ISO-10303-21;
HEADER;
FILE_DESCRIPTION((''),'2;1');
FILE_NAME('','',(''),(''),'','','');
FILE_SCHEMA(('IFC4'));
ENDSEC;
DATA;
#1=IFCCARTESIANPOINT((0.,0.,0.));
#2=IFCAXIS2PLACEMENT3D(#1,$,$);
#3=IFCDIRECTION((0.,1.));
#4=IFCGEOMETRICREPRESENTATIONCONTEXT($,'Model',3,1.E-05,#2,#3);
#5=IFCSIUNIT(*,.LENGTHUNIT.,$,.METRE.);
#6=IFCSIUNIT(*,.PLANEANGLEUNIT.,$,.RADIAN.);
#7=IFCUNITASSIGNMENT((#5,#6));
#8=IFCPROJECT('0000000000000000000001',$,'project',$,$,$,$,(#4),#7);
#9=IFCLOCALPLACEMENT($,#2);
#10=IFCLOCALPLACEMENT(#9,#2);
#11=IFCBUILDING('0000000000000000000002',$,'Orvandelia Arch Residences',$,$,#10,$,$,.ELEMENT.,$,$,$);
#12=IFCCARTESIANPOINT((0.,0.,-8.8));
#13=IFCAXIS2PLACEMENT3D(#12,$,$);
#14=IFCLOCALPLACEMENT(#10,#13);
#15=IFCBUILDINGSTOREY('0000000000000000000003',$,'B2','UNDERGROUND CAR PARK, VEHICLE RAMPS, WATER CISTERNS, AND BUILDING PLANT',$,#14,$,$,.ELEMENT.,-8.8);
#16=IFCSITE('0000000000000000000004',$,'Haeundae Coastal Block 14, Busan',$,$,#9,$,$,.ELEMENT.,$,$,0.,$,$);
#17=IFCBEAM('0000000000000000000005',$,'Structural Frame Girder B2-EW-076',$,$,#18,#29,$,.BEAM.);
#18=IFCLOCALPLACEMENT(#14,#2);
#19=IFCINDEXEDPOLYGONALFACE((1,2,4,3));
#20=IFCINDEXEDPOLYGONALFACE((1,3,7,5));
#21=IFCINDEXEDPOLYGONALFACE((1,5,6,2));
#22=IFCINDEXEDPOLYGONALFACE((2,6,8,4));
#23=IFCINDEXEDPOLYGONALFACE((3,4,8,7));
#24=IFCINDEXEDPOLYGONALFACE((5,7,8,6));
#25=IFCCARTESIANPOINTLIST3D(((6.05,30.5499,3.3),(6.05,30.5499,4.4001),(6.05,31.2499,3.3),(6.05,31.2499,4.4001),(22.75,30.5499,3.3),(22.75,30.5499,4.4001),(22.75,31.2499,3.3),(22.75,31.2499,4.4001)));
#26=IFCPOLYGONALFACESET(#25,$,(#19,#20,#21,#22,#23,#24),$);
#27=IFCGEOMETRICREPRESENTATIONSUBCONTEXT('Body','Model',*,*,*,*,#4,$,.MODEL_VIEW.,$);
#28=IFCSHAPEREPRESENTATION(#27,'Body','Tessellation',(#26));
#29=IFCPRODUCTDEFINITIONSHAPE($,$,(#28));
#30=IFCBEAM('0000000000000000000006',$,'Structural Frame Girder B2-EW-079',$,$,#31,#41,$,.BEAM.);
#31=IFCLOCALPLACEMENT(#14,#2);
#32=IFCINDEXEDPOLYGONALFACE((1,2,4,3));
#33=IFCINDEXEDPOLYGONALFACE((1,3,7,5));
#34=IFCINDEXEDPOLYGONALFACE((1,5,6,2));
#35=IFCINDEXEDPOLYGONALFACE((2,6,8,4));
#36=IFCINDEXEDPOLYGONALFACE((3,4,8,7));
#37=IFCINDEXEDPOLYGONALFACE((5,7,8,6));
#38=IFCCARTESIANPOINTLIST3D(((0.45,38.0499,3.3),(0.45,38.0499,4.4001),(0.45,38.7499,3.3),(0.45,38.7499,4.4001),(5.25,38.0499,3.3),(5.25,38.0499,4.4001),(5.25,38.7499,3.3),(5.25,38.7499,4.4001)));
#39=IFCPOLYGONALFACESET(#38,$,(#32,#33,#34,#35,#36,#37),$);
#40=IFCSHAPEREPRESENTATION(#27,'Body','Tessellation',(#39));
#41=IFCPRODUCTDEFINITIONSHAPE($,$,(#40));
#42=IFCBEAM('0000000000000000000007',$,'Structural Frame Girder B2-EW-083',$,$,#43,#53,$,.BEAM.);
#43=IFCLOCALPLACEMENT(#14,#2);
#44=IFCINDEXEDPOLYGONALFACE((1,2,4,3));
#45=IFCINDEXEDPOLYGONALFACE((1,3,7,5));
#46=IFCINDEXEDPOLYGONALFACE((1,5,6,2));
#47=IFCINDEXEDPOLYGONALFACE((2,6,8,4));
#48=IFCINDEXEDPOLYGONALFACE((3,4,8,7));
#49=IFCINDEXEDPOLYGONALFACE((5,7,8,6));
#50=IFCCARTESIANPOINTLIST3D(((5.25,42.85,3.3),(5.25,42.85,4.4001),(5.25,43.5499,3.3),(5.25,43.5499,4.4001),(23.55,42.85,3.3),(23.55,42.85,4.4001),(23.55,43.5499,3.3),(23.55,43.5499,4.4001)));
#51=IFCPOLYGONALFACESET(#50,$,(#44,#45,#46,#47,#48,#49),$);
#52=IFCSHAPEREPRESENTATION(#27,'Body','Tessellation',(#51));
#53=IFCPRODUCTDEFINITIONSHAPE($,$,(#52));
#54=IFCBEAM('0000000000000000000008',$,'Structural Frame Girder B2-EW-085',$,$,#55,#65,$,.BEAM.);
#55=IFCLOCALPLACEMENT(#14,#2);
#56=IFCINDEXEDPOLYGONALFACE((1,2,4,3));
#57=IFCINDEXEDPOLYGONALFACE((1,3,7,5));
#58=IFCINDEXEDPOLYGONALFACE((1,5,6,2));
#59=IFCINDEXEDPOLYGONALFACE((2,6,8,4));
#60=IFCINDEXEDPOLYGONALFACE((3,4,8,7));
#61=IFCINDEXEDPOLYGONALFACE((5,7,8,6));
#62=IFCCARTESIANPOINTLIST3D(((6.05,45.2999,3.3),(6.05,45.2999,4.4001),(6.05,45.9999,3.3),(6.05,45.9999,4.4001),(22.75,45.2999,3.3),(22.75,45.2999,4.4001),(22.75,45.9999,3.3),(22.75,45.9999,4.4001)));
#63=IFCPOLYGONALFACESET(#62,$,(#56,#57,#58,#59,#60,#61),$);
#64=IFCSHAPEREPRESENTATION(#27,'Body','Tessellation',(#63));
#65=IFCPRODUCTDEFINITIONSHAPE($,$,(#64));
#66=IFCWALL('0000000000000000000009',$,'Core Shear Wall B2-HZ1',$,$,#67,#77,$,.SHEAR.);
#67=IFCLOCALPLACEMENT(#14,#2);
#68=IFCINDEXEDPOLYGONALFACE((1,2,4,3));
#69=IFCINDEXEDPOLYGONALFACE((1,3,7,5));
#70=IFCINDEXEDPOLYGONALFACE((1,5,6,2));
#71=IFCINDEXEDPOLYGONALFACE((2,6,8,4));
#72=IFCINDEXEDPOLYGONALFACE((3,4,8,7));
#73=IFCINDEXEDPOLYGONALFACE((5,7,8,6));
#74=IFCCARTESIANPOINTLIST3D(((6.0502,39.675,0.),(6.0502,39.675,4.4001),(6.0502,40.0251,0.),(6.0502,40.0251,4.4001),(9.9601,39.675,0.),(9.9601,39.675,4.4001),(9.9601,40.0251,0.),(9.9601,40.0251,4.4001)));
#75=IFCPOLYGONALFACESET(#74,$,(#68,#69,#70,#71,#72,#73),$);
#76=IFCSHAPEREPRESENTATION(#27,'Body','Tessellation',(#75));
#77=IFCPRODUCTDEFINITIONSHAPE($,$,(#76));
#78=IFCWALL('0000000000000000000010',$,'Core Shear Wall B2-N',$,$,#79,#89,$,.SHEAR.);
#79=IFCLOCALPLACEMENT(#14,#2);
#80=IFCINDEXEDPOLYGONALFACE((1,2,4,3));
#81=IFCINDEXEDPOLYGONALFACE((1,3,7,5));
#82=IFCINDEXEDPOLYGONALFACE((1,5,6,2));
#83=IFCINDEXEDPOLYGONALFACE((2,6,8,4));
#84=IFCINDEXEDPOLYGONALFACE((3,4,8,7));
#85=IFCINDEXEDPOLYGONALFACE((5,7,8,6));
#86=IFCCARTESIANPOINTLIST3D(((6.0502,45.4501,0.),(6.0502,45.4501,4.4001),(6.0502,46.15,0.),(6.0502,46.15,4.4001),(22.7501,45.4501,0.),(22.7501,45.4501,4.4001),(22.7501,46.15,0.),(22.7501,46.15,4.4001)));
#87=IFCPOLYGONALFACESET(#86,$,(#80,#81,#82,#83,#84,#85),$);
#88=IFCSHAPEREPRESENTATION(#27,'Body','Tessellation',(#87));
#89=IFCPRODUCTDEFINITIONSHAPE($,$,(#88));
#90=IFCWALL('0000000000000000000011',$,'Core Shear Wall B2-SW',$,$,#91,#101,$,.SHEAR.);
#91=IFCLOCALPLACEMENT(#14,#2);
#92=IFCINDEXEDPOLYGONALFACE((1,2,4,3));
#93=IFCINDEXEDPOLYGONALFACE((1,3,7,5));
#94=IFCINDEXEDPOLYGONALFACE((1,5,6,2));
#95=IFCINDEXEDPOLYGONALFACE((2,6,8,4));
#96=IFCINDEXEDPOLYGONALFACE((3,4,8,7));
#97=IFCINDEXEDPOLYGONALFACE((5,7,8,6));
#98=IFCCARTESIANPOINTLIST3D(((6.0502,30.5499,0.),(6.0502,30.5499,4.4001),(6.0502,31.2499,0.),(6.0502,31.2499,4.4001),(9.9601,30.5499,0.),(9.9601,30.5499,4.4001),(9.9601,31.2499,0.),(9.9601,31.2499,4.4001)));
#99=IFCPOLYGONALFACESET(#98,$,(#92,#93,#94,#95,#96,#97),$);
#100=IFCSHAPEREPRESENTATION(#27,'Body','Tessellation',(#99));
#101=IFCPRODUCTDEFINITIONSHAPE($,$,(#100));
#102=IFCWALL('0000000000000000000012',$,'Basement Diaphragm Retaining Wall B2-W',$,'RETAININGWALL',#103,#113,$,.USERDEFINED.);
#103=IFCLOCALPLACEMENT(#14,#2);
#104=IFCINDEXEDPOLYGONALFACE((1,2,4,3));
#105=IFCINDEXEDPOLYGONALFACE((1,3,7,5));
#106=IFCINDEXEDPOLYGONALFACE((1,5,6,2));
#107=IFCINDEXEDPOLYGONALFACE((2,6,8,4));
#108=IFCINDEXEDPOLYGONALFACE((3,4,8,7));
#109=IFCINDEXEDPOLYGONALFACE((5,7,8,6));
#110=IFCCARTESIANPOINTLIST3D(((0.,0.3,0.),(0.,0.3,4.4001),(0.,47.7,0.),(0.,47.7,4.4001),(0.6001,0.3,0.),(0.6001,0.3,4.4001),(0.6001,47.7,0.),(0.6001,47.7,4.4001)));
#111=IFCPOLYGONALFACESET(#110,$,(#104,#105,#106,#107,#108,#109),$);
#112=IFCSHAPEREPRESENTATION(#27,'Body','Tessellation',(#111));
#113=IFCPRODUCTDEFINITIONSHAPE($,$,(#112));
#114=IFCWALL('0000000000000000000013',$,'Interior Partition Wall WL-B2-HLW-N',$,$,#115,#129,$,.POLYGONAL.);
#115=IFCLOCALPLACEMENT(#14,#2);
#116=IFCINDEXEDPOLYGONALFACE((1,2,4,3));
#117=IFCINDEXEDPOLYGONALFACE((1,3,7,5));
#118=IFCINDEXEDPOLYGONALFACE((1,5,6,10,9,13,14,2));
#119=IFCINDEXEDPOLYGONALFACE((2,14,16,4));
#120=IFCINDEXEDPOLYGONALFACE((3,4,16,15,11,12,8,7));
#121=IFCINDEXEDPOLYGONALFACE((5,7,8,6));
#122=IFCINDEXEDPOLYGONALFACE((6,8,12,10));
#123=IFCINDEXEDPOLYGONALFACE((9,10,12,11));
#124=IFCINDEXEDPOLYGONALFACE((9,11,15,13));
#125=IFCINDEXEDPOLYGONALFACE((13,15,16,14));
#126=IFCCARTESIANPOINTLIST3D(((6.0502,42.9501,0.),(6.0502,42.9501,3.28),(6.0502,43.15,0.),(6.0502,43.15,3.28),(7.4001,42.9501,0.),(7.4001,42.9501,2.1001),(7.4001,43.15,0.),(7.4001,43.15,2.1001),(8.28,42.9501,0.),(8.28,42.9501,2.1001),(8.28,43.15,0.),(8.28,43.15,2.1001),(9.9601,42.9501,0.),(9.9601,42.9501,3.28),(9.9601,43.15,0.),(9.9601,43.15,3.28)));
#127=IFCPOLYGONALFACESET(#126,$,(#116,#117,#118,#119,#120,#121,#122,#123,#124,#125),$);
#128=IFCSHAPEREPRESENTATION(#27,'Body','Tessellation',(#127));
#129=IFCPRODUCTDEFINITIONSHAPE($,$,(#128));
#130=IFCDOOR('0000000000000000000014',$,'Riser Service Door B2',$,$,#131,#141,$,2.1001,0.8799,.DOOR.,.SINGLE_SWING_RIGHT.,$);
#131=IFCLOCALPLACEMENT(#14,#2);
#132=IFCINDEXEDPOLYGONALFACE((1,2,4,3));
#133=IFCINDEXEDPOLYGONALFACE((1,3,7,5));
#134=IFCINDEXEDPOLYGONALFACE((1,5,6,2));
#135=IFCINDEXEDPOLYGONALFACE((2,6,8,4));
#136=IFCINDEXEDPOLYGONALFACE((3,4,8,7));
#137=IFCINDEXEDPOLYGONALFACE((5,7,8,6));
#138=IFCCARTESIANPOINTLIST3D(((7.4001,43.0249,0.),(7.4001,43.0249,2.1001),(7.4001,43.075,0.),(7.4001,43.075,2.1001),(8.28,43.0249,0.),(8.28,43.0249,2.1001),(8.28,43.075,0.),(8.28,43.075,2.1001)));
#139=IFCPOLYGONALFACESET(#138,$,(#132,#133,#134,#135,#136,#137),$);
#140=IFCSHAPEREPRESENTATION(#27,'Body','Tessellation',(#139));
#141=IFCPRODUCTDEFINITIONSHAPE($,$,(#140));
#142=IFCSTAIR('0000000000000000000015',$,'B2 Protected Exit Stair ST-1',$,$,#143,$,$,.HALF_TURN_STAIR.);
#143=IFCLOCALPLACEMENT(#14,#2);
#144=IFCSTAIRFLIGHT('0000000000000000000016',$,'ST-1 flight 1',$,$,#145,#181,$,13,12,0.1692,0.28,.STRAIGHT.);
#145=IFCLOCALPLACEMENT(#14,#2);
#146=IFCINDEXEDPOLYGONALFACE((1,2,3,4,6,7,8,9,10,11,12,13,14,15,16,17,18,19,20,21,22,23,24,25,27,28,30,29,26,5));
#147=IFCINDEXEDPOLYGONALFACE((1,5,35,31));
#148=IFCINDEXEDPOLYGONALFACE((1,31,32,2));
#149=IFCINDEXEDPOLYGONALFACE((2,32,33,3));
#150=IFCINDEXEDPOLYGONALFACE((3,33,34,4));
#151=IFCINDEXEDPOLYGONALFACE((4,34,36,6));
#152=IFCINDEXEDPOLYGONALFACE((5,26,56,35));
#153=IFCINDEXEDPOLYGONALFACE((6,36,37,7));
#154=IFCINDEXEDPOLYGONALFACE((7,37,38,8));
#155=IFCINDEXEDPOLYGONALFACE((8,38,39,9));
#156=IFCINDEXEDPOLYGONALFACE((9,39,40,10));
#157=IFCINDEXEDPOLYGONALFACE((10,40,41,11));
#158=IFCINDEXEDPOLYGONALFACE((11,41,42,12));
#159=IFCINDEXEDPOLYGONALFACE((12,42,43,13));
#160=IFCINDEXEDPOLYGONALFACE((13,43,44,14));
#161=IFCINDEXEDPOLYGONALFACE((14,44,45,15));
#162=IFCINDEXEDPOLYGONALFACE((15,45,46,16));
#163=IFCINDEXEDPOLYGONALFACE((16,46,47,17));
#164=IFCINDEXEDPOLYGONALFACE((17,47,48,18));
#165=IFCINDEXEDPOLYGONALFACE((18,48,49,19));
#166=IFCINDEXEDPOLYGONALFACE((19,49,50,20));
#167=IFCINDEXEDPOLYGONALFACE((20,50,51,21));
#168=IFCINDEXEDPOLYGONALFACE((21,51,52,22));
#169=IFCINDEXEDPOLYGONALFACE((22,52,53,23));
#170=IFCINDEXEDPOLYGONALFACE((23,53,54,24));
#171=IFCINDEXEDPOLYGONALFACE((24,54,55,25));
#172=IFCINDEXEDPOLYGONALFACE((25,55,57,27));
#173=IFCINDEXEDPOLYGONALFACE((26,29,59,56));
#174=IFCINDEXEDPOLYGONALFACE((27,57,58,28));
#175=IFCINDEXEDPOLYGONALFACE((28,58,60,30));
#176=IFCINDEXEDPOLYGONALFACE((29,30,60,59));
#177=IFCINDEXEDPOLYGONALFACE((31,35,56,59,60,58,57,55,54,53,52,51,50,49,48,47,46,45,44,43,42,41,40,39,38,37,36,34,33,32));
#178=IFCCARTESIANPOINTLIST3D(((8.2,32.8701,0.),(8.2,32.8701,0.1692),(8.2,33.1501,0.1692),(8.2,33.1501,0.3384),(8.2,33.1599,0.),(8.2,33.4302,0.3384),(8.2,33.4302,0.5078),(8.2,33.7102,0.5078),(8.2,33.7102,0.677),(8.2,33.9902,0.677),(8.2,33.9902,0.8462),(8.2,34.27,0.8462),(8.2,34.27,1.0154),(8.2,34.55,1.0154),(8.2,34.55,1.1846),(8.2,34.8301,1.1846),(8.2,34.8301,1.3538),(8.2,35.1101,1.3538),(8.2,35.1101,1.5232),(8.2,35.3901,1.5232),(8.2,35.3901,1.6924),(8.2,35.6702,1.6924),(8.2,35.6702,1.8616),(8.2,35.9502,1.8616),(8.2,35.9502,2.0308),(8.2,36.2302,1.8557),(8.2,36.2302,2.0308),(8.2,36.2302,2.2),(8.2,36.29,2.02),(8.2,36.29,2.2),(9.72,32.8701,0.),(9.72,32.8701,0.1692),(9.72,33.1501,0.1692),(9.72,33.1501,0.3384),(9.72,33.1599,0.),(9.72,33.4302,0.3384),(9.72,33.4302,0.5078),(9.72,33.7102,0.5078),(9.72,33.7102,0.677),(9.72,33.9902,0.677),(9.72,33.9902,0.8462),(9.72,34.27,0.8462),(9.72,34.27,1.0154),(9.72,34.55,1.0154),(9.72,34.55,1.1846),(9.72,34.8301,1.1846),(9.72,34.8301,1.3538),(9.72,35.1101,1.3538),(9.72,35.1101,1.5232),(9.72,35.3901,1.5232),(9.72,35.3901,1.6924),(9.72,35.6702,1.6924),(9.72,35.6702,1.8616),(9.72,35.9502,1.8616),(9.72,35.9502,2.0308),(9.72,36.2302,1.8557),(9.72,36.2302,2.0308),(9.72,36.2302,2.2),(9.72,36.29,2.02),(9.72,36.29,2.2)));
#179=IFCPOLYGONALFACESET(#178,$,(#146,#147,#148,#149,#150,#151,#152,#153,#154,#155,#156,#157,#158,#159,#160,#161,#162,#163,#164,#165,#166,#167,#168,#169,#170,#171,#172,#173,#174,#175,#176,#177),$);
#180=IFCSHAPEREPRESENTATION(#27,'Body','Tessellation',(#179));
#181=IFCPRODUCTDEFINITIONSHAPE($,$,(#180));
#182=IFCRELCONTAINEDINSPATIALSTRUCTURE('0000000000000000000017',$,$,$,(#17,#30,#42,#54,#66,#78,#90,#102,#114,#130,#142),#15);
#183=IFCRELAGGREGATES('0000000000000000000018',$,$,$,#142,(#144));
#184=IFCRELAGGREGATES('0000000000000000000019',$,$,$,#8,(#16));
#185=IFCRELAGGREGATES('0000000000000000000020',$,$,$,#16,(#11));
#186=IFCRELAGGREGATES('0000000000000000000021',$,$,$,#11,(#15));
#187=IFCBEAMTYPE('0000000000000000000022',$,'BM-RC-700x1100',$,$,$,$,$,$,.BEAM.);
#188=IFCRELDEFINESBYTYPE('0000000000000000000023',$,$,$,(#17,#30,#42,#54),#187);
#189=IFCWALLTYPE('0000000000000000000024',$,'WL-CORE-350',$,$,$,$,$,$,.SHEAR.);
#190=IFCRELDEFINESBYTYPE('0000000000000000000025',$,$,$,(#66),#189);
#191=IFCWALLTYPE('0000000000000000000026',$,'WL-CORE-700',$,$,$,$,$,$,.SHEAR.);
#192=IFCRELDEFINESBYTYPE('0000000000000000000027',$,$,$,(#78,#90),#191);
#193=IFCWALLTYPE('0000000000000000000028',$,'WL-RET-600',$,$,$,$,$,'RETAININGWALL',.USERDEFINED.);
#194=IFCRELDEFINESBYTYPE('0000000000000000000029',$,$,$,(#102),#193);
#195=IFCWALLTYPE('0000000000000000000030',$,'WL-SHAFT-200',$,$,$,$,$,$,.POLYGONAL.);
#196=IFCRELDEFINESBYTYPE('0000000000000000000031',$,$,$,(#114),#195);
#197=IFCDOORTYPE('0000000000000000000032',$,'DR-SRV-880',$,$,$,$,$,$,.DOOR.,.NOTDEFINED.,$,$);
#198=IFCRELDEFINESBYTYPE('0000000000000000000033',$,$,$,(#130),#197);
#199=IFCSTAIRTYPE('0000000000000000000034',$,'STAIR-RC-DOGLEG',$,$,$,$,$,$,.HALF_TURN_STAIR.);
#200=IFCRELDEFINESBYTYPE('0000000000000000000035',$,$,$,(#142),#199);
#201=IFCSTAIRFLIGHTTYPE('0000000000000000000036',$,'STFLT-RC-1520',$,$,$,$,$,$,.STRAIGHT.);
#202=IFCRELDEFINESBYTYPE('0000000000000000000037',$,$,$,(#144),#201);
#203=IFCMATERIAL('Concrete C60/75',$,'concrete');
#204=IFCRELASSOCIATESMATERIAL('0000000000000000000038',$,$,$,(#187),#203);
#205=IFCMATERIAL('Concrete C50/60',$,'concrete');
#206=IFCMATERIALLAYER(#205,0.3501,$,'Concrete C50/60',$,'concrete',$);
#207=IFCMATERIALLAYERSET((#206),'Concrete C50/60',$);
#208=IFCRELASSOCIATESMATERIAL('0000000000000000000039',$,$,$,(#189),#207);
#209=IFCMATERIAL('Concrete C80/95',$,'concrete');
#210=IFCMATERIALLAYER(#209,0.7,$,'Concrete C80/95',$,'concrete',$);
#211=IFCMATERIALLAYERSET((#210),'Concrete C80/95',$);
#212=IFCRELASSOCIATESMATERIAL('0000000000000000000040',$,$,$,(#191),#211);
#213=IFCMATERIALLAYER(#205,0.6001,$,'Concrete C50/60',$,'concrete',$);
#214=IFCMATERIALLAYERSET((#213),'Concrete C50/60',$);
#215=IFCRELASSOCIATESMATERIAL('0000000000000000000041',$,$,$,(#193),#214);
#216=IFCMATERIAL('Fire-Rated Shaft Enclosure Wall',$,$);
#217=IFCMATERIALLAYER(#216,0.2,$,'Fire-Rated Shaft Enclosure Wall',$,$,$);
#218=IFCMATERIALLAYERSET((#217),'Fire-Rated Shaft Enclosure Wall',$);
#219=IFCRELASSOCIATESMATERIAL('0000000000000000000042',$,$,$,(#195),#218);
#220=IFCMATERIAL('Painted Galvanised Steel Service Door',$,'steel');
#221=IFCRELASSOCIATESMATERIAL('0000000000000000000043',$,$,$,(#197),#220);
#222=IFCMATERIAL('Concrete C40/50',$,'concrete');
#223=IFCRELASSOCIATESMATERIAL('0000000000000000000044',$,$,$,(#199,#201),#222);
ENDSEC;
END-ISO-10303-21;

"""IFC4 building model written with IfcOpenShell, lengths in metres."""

from ifc_helpers import new_model, si_unit, direction, frame, frame_2d, origin, origin_2d, place, context, subcontext, project, spatial, polyline, rectangle, outline, extrude, material, layer, layer_set, material_profile, profile_set, type_object, element, fill, aggregate, save


model = new_model("IFC4")

# Units and contexts
model_context = context("Model", 3, precision=1e-05, world=origin(), true_north=direction((0.0, 1.0)))
body_context = subcontext(model_context, "Body", "Model", "MODEL_VIEW")
ifc_project = project(units=[si_unit("LENGTHUNIT", "METRE"), si_unit("PLANEANGLEUNIT", "RADIAN")], contexts=[model_context])

# Site, building, storey
site_placement = place(None, origin())
site = spatial("IfcSite", under=ifc_project, at=site_placement, Name="Haeundae Coastal Block 14, Busan", CompositionType="ELEMENT", RefElevation=0.0)
building_placement = place(site_placement, origin())
building = spatial("IfcBuilding", under=site, at=building_placement, Name="Orvandelia Arch Residences", CompositionType="ELEMENT")
storey_placement = place(building_placement, frame((0.0, 0.0, -8.8)))
storey = spatial("IfcBuildingStorey", under=building, at=storey_placement, Name="B2", Description="UNDERGROUND CAR PARK, VEHICLE RAMPS, WATER CISTERNS, AND BUILDING PLANT", CompositionType="ELEMENT", Elevation=-8.8)

# Shared definitions
ifc_material_1 = material(Name="Concrete C60/75", Category="concrete")
ifc_material_2 = material(Name="Concrete C80/95", Category="concrete")

# Beams
ifc_material_profile_1 = material_profile(ifc_material_1, rectangle(XDim=0.7, YDim=1.1001, at=origin_2d()), Name="Concrete C60/75", Category="concrete")
ifc_profile_set_1 = profile_set([ifc_material_profile_1], Name="Concrete C60/75")
beam_type = type_object("IfcBeamType", Name="BM-RC-700x1100", PredefinedType="BEAM", material=ifc_profile_set_1)
beam_1_placement = place(storey_placement, frame((6.05, 30.8999, 3.8501), z_axis=(1.0, 0.0, 0.0), x_axis=(0.0, 1.0, 0.0)))
element("IfcBeam", 1, at=beam_1_placement, inside=storey, type_object=beam_type, Name="Structural Frame Girder B2-EW-076", PredefinedType="BEAM", context=body_context, shape_type="SweptSolid", body=[
    extrude(rectangle(XDim=0.7, YDim=1.1001, at=origin_2d()), origin(), (0.0, 0.0, 1.0), 16.7),
])
beam_2_placement = place(storey_placement, frame((0.45, 38.3999, 3.8501), z_axis=(1.0, 0.0, 0.0), x_axis=(0.0, 1.0, 0.0)))
element("IfcBeam", 2, at=beam_2_placement, inside=storey, type_object=beam_type, Name="Structural Frame Girder B2-EW-079", PredefinedType="BEAM", context=body_context, shape_type="SweptSolid", body=[
    extrude(rectangle(XDim=0.7, YDim=1.1001, at=origin_2d()), origin(), (0.0, 0.0, 1.0), 4.8),
])
beam_3_placement = place(storey_placement, frame((5.25, 43.2, 3.8501), z_axis=(1.0, 0.0, 0.0), x_axis=(0.0, 1.0, 0.0)))
element("IfcBeam", 3, at=beam_3_placement, inside=storey, type_object=beam_type, Name="Structural Frame Girder B2-EW-083", PredefinedType="BEAM", context=body_context, shape_type="SweptSolid", body=[
    extrude(rectangle(XDim=0.7, YDim=1.1001, at=origin_2d()), origin(), (0.0, 0.0, 1.0), 18.3),
])
beam_4_placement = place(storey_placement, frame((6.05, 45.6499, 3.8501), z_axis=(1.0, 0.0, 0.0), x_axis=(0.0, 1.0, 0.0)))
element("IfcBeam", 4, at=beam_4_placement, inside=storey, type_object=beam_type, Name="Structural Frame Girder B2-EW-085", PredefinedType="BEAM", context=body_context, shape_type="SweptSolid", body=[
    extrude(rectangle(XDim=0.7, YDim=1.1001, at=origin_2d()), origin(), (0.0, 0.0, 1.0), 16.7),
])

# Walls
ifc_material_3 = material(Name="Concrete C50/60", Category="concrete")
ifc_layer_1 = layer(ifc_material_3, 0.3501, Name="Concrete C50/60", Category="concrete")
ifc_layer_set_1 = layer_set([ifc_layer_1], Name="Concrete C50/60")
wall_type_1 = type_object("IfcWallType", Name="WL-CORE-350", PredefinedType="SHEAR", material=ifc_layer_set_1)
wall_1_placement = place(storey_placement, frame((6.05, 39.8501, 0.0), z_axis=(0.0, 0.0, 1.0), x_axis=(1.0, 0.0, 0.0)))
element("IfcWall", 5, at=wall_1_placement, inside=storey, type_object=wall_type_1, Name="Core Shear Wall B2-HZ1", PredefinedType="SHEAR", context=body_context, shape_type="SweptSolid", body=[
    extrude(rectangle(XDim=3.9099, YDim=0.3501, at=frame_2d((1.9551, 0.0))), origin(), (0.0, 0.0, 1.0), 4.4001),
])
ifc_layer_2 = layer(ifc_material_2, 0.7, Name="Concrete C80/95", Category="concrete")
ifc_layer_set_2 = layer_set([ifc_layer_2], Name="Concrete C80/95")
wall_type_2 = type_object("IfcWallType", Name="WL-CORE-700", PredefinedType="SHEAR", material=ifc_layer_set_2)
wall_2_placement = place(storey_placement, frame((6.05, 45.8, 0.0), z_axis=(0.0, 0.0, 1.0), x_axis=(1.0, 0.0, 0.0)))
element("IfcWall", 6, at=wall_2_placement, inside=storey, type_object=wall_type_2, Name="Core Shear Wall B2-N", PredefinedType="SHEAR", context=body_context, shape_type="SweptSolid", body=[
    extrude(rectangle(XDim=16.7, YDim=0.7, at=frame_2d((8.3501, 0.0))), origin(), (0.0, 0.0, 1.0), 4.4001),
])
wall_3_placement = place(storey_placement, frame((6.05, 30.8999, 0.0), z_axis=(0.0, 0.0, 1.0), x_axis=(1.0, 0.0, 0.0)))
element("IfcWall", 7, at=wall_3_placement, inside=storey, type_object=wall_type_2, Name="Core Shear Wall B2-SW", PredefinedType="SHEAR", context=body_context, shape_type="SweptSolid", body=[
    extrude(rectangle(XDim=3.9099, YDim=0.7, at=frame_2d((1.9551, 0.0))), origin(), (0.0, 0.0, 1.0), 4.4001),
])

# Wall
ifc_layer_3 = layer(ifc_material_3, 0.6001, Name="Concrete C50/60", Category="concrete")
ifc_layer_set_3 = layer_set([ifc_layer_3], Name="Concrete C50/60")
wall_type_3 = type_object("IfcWallType", Name="WL-RET-600", ElementType="RETAININGWALL", PredefinedType="USERDEFINED", material=ifc_layer_set_3)
wall_4_placement = place(storey_placement, frame((0.3, 47.7, 0.0), z_axis=(0.0, 0.0, 1.0), x_axis=(0.0, -1.0, 0.0)))
element("IfcWall", 8, at=wall_4_placement, inside=storey, type_object=wall_type_3, Name="Basement Diaphragm Retaining Wall B2-W", ObjectType="RETAININGWALL", PredefinedType="USERDEFINED", context=body_context, shape_type="SweptSolid", body=[
    extrude(rectangle(XDim=47.3999, YDim=0.6001, at=frame_2d((23.7, 0.0))), origin(), (0.0, 0.0, 1.0), 4.4001),
])

# Wall, opening, door
ifc_material_4 = material(Name="Fire-Rated Shaft Enclosure Wall")
ifc_layer_4 = layer(ifc_material_4, 0.2, Name="Fire-Rated Shaft Enclosure Wall")
ifc_layer_set_4 = layer_set([ifc_layer_4], Name="Fire-Rated Shaft Enclosure Wall")
wall_type_4 = type_object("IfcWallType", Name="WL-SHAFT-200", PredefinedType="POLYGONAL", material=ifc_layer_set_4)
wall_5_placement = place(storey_placement, frame((6.05, 43.05, 0.0), z_axis=(0.0, 0.0, 1.0), x_axis=(1.0, 0.0, 0.0)))
wall_5 = element("IfcWall", 9, at=wall_5_placement, inside=storey, type_object=wall_type_4, Name="Interior Partition Wall WL-B2-HLW-N", PredefinedType="POLYGONAL", context=body_context, shape_type="SweptSolid", body=[
    extrude(rectangle(XDim=3.9099, YDim=0.2, at=frame_2d((1.9551, 0.0))), origin(), (0.0, 0.0, 1.0), 3.28),
])
opening_1_placement = place(wall_5_placement, frame((1.3501, 0.0, 0.0)))
opening_1 = element("IfcOpeningElement", 10, at=opening_1_placement, cuts=wall_5, PredefinedType="OPENING", context=body_context, shape_type="SweptSolid", body=[
    extrude(rectangle(XDim=0.8799, YDim=2.1001, at=frame_2d((0.4399, 1.05))), frame((0.0, 0.1099, 0.0), z_axis=(0.0, -1.0, 0.0), x_axis=(1.0, 0.0, 0.0)), (0.0, 0.0, 1.0), 0.22),
])
ifc_material_5 = material(Name="Painted Galvanised Steel Service Door", Category="steel")
door_type_1 = type_object("IfcDoorType", Name="DR-SRV-880", OperationType="NOTDEFINED", PredefinedType="DOOR", material=ifc_material_5)
door_1_placement = place(opening_1_placement, origin())
door_1 = element("IfcDoor", 11, at=door_1_placement, inside=storey, type_object=door_type_1, Name="Riser Service Door B2", OperationType="SINGLE_SWING_RIGHT", OverallHeight=2.1001, OverallWidth=0.8799, PredefinedType="DOOR", context=body_context, shape_type="SweptSolid", body=[
    extrude(rectangle(XDim=0.8799, YDim=2.1001, at=frame_2d((0.4399, 1.05))), frame((0.0, 0.0249, 0.0), z_axis=(0.0, -1.0, 0.0), x_axis=(1.0, 0.0, 0.0)), (0.0, 0.0, 1.0), 0.05),
])
fill(opening_1, door_1)

# Stair, stair flight
ifc_material_6 = material(Name="Concrete C40/50", Category="concrete")
stair_type = type_object("IfcStairType", Name="STAIR-RC-DOGLEG", PredefinedType="HALF_TURN_STAIR", material=ifc_material_6)
stair_placement = place(storey_placement, origin())
stair = element("IfcStair", 12, at=stair_placement, inside=storey, type_object=stair_type, Name="B2 Protected Exit Stair ST-1", PredefinedType="HALF_TURN_STAIR")
stair_flight_type = type_object("IfcStairFlightType", Name="STFLT-RC-1520", PredefinedType="STRAIGHT", material=ifc_material_6)
stair_flight_1_placement = place(storey_placement, frame((8.96, 32.8701, 0.0), z_axis=(0.0, 0.0, 1.0), x_axis=(0.0, 1.0, 0.0)))
stair_flight_1 = element("IfcStairFlight", 13, at=stair_flight_1_placement, type_object=stair_flight_type, Name="ST-1 flight 1", NumberOfRisers=13, NumberOfTreads=12, PredefinedType="STRAIGHT", RiserHeight=0.1692, TreadLength=0.28, context=body_context, shape_type="SweptSolid", body=[
    extrude(outline(polyline([(0.0, 0.0), (0.0, 0.1692), (0.28, 0.1692), (0.28, 0.3384), (0.5601, 0.3384), (0.5601, 0.5078), (0.8401, 0.5078), (0.8401, 0.677), (1.1201, 0.677), (1.1201, 0.8462), (1.3999, 0.8462), (1.3999, 1.0154), (1.6799, 1.0154), (1.6799, 1.1846), (1.96, 1.1846), (1.96, 1.3538), (2.24, 1.3538), (2.24, 1.5232), (2.52, 1.5232), (2.52, 1.6924), (2.8, 1.6924), (2.8, 1.8616), (3.0801, 1.8616), (3.0801, 2.0308), (3.3601, 2.0308), (3.3601, 2.2), (3.4199, 2.2), (3.4199, 2.02), (3.3601, 1.8557), (0.2898, 0.0), (0.0, 0.0)])), frame((0.0, 0.76, 0.0), z_axis=(0.0, -1.0, 0.0), x_axis=(1.0, 0.0, 0.0)), (0.0, 0.0, 1.0), 1.52),
])
aggregate(stair, [stair_flight_1])

save(model, "model.ifc")
